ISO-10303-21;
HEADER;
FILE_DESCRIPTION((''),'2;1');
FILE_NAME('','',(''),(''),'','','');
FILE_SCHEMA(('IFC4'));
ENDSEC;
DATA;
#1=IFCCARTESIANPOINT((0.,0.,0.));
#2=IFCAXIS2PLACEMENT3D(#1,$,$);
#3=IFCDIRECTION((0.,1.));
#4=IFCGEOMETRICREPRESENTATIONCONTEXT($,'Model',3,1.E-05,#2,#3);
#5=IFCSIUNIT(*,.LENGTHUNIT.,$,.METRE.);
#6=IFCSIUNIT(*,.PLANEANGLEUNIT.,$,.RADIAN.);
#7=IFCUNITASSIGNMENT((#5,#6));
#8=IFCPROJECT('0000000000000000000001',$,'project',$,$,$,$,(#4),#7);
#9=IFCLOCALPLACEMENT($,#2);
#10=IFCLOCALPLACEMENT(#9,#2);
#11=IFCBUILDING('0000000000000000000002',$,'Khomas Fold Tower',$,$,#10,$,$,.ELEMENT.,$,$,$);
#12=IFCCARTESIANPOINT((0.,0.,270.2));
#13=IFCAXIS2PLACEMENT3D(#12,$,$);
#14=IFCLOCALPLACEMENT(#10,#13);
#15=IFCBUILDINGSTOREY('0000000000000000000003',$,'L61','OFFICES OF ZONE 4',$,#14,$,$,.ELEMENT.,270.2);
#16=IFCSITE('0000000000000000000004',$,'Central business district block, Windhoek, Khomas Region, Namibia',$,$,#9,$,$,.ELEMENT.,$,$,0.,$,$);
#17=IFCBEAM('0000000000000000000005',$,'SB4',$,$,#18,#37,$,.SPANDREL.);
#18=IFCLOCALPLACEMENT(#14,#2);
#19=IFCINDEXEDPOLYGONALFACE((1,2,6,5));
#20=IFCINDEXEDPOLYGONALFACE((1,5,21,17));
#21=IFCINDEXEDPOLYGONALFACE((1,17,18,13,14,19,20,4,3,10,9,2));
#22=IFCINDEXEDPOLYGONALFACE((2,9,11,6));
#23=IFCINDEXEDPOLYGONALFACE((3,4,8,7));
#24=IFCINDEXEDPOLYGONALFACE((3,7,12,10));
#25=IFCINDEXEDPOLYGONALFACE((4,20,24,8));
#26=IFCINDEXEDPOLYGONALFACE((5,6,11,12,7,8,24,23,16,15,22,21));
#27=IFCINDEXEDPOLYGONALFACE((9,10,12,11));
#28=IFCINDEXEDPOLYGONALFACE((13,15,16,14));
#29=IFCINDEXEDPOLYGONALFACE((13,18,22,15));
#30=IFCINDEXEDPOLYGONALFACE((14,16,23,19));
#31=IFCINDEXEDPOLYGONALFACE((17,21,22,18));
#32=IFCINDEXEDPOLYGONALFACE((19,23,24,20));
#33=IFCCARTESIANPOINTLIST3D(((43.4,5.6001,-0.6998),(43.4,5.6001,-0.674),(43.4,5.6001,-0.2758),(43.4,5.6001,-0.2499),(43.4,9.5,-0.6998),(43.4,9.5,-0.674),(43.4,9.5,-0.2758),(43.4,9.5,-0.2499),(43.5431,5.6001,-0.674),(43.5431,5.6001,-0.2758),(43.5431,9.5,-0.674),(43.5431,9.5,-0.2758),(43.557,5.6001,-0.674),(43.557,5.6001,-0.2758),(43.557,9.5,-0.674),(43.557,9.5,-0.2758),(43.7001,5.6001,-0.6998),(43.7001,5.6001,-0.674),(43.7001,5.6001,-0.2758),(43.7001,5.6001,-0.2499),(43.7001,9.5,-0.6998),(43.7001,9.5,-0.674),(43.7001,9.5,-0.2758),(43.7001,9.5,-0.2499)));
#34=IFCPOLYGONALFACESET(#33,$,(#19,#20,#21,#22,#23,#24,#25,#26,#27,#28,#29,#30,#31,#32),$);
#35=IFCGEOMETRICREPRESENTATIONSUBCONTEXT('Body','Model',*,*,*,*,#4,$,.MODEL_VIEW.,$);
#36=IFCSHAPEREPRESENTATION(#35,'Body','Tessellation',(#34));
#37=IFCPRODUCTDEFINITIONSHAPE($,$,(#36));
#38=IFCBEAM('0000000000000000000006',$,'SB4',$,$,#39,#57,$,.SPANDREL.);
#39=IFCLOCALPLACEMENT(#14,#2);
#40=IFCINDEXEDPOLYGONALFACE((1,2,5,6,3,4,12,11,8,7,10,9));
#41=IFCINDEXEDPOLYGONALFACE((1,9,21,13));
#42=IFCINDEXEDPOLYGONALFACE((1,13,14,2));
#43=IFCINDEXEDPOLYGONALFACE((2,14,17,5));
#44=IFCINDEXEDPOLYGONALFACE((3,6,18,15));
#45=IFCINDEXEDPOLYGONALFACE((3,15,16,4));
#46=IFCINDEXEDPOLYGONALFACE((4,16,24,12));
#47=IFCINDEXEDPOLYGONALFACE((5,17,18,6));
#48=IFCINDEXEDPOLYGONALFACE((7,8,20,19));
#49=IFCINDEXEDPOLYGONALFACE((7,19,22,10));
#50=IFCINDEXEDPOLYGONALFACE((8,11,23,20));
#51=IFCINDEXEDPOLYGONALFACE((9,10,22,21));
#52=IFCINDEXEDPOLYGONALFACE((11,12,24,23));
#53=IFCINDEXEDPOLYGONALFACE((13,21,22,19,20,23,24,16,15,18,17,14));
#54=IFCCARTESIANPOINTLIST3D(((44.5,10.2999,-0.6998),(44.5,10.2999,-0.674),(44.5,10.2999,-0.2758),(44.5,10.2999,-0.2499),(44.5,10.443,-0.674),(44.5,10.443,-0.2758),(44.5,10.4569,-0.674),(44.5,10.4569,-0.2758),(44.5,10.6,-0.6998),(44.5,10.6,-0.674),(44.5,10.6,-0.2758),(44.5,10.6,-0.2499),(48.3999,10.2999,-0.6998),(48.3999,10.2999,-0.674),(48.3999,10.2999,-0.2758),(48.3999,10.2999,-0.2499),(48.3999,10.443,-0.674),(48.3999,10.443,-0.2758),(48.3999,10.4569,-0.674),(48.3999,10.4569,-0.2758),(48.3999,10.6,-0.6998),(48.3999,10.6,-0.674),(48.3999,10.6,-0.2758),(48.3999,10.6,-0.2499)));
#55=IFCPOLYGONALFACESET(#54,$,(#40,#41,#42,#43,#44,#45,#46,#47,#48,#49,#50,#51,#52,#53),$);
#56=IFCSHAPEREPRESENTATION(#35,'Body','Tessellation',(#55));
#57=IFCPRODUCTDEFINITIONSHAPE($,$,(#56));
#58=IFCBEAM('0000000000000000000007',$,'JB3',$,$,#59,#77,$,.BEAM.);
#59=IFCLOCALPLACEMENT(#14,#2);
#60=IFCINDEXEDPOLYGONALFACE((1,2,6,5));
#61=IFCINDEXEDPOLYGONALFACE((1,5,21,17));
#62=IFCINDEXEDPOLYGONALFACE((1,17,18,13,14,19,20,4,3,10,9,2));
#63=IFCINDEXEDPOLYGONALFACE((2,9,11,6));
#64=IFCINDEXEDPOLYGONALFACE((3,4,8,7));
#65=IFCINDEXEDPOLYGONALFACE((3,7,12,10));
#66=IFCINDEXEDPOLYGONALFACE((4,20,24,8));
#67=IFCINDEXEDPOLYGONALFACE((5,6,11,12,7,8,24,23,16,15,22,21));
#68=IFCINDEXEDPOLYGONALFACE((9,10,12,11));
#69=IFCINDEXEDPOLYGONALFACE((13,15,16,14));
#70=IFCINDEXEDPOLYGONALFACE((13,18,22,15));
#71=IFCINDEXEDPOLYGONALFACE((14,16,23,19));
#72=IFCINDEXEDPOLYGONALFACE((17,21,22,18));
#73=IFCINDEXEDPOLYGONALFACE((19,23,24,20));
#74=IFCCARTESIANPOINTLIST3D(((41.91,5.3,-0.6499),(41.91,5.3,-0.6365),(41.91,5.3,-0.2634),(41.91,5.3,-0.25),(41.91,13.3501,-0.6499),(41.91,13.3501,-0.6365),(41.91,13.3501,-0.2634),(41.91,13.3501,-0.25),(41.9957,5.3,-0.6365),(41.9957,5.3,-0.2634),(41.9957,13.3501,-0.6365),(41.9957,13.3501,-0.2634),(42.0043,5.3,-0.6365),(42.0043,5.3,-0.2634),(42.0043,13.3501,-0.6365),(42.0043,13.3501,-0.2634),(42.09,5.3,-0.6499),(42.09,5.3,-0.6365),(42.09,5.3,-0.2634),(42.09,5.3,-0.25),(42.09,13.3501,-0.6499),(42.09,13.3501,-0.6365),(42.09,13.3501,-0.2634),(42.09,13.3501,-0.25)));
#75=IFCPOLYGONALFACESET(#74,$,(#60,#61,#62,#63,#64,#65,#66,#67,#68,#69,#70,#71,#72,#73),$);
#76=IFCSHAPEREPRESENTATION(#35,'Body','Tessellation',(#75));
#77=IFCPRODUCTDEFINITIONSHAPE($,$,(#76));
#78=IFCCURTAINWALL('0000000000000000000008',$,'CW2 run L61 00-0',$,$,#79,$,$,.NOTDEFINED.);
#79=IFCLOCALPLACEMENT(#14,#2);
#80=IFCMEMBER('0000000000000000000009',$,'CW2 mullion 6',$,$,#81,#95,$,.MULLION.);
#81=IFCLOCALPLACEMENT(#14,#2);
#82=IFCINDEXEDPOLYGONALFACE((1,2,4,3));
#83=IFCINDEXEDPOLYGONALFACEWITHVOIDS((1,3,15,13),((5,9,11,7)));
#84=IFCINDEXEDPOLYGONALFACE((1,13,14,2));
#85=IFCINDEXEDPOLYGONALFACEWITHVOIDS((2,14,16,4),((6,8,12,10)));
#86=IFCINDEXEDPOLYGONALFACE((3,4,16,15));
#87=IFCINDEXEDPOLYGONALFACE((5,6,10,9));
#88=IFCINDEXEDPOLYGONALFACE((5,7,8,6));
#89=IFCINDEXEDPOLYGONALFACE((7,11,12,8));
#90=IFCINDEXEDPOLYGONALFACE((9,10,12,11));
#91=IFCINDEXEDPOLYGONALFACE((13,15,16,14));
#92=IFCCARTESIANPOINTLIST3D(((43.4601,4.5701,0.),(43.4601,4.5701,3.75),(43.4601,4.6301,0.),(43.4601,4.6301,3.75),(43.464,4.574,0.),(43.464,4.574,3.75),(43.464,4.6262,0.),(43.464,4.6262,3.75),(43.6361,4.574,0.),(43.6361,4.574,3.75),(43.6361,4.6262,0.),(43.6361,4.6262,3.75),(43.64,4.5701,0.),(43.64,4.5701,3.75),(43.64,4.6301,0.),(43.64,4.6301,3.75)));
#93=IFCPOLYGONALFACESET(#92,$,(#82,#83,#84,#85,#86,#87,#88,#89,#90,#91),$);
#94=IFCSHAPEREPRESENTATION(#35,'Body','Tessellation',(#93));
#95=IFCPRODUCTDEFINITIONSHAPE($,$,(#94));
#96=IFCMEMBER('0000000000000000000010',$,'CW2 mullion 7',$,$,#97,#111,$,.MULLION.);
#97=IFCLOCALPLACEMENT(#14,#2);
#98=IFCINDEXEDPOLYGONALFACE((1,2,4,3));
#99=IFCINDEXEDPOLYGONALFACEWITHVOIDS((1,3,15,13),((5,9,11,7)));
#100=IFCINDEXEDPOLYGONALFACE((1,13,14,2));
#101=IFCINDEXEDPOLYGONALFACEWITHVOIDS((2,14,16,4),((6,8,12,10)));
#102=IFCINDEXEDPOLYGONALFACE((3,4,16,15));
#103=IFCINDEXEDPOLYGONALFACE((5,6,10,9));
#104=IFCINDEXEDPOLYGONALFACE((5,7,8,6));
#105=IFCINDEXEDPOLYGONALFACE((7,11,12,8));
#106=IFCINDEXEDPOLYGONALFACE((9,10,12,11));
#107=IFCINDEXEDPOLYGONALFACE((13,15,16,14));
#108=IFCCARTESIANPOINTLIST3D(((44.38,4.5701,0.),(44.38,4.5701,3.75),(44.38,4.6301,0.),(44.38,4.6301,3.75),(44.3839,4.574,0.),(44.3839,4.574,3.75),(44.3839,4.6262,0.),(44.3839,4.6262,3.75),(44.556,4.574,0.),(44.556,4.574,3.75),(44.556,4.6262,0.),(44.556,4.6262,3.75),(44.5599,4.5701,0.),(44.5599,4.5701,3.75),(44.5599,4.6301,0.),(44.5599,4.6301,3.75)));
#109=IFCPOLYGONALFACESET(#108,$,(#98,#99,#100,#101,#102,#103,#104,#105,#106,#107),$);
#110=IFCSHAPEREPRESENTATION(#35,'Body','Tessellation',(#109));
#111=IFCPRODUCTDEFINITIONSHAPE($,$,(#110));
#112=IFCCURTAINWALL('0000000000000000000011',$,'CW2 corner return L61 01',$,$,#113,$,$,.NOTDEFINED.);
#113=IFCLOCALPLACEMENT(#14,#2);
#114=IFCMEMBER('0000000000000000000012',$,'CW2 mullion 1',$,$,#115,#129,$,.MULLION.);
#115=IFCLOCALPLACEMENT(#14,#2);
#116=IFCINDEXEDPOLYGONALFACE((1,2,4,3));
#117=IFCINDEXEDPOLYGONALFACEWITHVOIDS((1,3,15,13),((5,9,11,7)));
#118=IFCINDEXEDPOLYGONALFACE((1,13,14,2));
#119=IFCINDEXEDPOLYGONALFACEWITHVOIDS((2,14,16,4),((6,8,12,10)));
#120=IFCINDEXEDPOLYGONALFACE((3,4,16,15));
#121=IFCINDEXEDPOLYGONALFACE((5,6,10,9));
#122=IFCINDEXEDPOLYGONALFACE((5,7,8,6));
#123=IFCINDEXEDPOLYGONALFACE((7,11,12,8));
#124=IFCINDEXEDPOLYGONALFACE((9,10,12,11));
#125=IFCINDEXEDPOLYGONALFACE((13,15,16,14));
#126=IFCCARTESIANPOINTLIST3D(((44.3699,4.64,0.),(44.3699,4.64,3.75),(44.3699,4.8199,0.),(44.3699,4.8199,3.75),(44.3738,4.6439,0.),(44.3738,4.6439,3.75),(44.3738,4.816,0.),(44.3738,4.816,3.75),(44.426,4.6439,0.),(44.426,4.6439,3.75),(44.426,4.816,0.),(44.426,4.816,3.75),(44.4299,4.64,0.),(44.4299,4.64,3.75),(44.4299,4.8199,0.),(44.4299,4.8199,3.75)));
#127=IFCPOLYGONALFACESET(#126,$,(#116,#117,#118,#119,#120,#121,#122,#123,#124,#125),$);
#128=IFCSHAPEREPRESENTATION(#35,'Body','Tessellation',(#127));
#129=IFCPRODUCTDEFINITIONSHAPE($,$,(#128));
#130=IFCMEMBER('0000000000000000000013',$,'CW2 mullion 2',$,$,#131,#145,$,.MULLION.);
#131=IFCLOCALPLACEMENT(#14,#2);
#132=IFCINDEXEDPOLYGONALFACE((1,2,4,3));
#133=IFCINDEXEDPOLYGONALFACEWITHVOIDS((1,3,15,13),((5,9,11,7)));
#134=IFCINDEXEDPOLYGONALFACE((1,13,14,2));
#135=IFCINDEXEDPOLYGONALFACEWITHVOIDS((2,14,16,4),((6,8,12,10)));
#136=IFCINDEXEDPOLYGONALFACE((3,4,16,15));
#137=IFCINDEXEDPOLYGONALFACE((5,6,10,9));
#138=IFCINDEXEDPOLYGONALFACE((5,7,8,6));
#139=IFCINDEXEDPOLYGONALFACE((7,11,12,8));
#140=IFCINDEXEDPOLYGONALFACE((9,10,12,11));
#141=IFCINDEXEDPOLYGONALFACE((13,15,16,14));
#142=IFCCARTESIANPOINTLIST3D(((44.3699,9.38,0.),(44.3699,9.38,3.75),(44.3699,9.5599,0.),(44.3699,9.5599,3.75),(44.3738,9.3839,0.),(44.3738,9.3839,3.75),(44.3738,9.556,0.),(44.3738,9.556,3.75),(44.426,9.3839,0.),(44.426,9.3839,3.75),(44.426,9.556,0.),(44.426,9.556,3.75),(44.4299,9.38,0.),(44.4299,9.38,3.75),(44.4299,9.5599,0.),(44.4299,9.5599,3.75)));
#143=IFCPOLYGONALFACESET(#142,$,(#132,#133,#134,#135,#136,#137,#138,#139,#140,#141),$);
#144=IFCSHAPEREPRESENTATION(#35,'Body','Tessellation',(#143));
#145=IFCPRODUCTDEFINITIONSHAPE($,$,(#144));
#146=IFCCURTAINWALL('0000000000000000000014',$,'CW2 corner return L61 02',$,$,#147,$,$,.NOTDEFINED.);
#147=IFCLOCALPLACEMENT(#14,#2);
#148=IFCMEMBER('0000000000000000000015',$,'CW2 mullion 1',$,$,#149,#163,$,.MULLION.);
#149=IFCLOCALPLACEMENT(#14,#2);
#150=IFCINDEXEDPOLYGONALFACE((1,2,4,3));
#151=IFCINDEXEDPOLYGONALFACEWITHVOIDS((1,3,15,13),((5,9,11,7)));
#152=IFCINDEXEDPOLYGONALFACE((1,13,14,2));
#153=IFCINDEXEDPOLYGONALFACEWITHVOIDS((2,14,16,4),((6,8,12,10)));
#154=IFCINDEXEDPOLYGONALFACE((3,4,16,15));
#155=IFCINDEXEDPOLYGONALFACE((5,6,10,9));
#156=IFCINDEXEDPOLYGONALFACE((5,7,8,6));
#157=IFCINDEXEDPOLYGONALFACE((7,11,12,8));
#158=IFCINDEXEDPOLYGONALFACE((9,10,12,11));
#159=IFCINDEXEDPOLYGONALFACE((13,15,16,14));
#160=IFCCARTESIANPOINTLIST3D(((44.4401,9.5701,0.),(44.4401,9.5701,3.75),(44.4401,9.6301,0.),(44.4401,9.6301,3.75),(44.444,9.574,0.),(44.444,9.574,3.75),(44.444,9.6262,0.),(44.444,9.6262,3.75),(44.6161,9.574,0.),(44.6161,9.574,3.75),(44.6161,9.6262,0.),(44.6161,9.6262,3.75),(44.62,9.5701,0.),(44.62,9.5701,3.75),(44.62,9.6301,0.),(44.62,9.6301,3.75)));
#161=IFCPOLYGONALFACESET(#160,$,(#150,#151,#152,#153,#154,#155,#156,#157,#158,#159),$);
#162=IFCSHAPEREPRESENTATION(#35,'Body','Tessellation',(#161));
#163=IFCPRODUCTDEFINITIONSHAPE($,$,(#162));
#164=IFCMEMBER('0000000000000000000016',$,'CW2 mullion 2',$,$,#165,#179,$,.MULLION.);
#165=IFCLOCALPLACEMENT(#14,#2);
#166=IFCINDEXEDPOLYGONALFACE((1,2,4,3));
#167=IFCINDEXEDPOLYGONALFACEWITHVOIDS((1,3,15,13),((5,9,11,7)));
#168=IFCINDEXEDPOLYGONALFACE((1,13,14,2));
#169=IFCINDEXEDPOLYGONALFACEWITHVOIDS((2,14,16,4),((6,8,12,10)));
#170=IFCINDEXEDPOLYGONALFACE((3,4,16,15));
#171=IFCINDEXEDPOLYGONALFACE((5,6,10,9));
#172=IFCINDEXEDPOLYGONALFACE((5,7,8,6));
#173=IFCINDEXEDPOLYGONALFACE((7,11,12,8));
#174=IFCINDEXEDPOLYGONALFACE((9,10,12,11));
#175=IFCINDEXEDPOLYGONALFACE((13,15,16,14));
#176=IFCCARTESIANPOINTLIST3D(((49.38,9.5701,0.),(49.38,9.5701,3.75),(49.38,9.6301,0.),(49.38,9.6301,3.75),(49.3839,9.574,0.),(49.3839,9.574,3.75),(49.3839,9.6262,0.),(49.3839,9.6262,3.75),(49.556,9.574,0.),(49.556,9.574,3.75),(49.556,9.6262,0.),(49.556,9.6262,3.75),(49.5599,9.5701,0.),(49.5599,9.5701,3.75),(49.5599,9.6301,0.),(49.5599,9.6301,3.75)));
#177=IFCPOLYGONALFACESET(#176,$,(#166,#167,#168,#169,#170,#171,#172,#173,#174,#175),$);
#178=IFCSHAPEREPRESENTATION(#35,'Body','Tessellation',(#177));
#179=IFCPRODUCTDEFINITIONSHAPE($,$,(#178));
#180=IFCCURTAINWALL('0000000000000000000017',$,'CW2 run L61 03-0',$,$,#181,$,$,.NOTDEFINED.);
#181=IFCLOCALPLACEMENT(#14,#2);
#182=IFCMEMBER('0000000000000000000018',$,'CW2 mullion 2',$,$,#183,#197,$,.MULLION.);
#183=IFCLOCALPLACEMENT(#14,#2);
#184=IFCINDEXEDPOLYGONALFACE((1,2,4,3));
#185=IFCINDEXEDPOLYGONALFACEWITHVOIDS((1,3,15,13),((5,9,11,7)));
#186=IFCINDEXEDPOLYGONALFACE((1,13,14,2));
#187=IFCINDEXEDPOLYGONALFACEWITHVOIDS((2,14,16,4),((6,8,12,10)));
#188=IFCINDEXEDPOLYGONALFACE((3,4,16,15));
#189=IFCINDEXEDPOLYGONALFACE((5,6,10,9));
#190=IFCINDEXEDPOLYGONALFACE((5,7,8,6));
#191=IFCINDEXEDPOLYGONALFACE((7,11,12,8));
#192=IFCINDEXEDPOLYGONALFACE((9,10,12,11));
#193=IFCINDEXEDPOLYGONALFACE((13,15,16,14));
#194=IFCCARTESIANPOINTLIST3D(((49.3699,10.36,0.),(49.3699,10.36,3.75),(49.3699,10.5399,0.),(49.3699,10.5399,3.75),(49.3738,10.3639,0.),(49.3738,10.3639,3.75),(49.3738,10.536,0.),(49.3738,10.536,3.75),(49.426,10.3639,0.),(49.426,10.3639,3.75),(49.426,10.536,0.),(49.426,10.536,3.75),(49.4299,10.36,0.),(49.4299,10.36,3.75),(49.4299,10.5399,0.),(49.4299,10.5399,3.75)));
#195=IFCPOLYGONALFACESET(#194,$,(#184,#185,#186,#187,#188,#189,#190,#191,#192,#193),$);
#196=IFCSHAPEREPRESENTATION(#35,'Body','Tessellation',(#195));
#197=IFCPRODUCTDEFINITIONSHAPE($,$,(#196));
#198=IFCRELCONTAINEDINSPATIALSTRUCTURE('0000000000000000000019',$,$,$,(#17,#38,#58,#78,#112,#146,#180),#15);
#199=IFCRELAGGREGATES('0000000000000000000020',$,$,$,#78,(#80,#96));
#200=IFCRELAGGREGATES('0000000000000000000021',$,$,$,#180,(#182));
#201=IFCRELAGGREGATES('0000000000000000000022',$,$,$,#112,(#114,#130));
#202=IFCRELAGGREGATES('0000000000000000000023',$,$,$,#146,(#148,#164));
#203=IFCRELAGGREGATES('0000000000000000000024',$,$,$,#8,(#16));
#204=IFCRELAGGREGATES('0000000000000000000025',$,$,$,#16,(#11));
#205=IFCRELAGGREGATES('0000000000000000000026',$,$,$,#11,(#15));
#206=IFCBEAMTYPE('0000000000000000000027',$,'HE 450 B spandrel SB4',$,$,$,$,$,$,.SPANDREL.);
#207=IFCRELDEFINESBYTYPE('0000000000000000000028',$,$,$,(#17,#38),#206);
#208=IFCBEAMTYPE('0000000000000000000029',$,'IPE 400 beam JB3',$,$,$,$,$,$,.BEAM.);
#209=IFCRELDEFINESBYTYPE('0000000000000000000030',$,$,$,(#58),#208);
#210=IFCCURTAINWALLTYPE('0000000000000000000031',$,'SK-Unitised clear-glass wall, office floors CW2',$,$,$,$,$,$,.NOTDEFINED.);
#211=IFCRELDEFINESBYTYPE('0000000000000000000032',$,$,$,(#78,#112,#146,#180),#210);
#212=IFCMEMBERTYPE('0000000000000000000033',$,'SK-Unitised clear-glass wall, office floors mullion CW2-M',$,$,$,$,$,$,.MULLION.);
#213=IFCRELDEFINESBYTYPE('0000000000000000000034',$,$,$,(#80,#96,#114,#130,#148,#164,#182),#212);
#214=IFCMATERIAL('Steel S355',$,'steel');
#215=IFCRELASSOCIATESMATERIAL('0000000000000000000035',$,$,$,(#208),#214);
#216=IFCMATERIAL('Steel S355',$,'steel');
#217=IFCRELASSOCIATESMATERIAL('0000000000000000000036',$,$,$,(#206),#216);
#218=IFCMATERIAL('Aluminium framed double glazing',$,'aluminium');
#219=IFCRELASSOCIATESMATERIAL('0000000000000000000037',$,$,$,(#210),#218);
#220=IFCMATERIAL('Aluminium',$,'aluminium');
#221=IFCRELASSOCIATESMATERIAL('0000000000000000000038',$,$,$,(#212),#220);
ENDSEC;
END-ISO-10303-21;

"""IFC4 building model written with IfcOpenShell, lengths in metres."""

from ifc_helpers import new_model, si_unit, direction, frame, origin, origin_2d, place, context, subcontext, project, spatial, hollow_rectangle, i_section, extrude, source, transform, mapped, material, material_profile, profile_set, type_object, element, aggregate, save


model = new_model("IFC4")

# Units and contexts
model_context = context("Model", 3, precision=1e-05, world=origin(), true_north=direction((0.0, 1.0)))
body_context = subcontext(model_context, "Body", "Model", "MODEL_VIEW")
ifc_project = project(units=[si_unit("LENGTHUNIT", "METRE"), si_unit("PLANEANGLEUNIT", "RADIAN")], contexts=[model_context])

# Site, building, storey
site_placement = place(None, origin())
site = spatial("IfcSite", under=ifc_project, at=site_placement, Name="Central business district block, Windhoek, Khomas Region, Namibia", CompositionType="ELEMENT", RefElevation=0.0)
building_placement = place(site_placement, origin())
building = spatial("IfcBuilding", under=site, at=building_placement, Name="Khomas Fold Tower", CompositionType="ELEMENT")
storey_placement = place(building_placement, frame((0.0, 0.0, 270.2)))
storey = spatial("IfcBuildingStorey", under=building, at=storey_placement, Name="L61", Description="OFFICES OF ZONE 4", CompositionType="ELEMENT", Elevation=270.2)

# Beams
ifc_material_1 = material(Name="Steel S355", Category="steel")
ifc_material_profile_1 = material_profile(ifc_material_1, i_section(OverallWidth=0.1799, OverallDepth=0.3999, WebThickness=0.0085, FlangeThickness=0.0134, at=origin_2d()), Name="IPE 400")
ifc_profile_set_1 = profile_set([ifc_material_profile_1], Name="Steel S355")
beam_type_1 = type_object("IfcBeamType", Name="IPE 400 beam JB3", PredefinedType="BEAM", material=ifc_profile_set_1)
ifc_material_2 = material(Name="Steel S355", Category="steel")
ifc_material_profile_2 = material_profile(ifc_material_2, i_section(OverallWidth=0.3, OverallDepth=0.45, WebThickness=0.0139, FlangeThickness=0.0259, at=origin_2d()), Name="HE 450 B")
ifc_profile_set_2 = profile_set([ifc_material_profile_2], Name="Steel S355")
beam_type_2 = type_object("IfcBeamType", Name="HE 450 B spandrel SB4", PredefinedType="SPANDREL", material=ifc_profile_set_2)
shared_shape_1 = source(origin(), body_context, "Body", "SweptSolid", [
    extrude(i_section(OverallWidth=0.3, OverallDepth=0.45, WebThickness=0.0139, FlangeThickness=0.0259, at=origin_2d()), origin(), (0.0, 0.0, 1.0), 3.8999),
])
for number, where, z_axis, x_axis, name in (
    (1, (43.55, 5.6001, -0.4749), (0.0, 1.0, 0.0), (-1.0, 0.0, 0.0), "SB4"),
    (2, (44.5, 10.45, -0.4749), (1.0, 0.0, 0.0), (0.0, 1.0, 0.0), "SB4"),
):
    element("IfcBeam", number, at=place(storey_placement, frame(where, z_axis=z_axis, x_axis=x_axis)), inside=storey, type_object=beam_type_2, Name=name, PredefinedType="SPANDREL", context=body_context, shape_type="MappedRepresentation", body=[
        mapped(shared_shape_1, transform((0.0, 0.0, 0.0))),
    ])
shared_shape_2 = source(origin(), body_context, "Body", "SweptSolid", [
    extrude(i_section(OverallWidth=0.1799, OverallDepth=0.3999, WebThickness=0.0085, FlangeThickness=0.0134, at=origin_2d()), origin(), (0.0, 0.0, 1.0), 8.05),
])
beam_1_placement = place(storey_placement, frame((42.0, 5.3, -0.45), z_axis=(0.0, 1.0, 0.0), x_axis=(-1.0, 0.0, 0.0)))
element("IfcBeam", 3, at=beam_1_placement, inside=storey, type_object=beam_type_1, Name="JB3", PredefinedType="BEAM", context=body_context, shape_type="MappedRepresentation", body=[
    mapped(shared_shape_2, transform((0.0, 0.0, 0.0))),
])

# Curtain walls, members
ifc_material_3 = material(Name="Aluminium framed double glazing", Category="aluminium")
curtain_wall_type = type_object("IfcCurtainWallType", Name="SK-Unitised clear-glass wall, office floors CW2", PredefinedType="NOTDEFINED", material=ifc_material_3)
curtain_wall_1_placement = place(storey_placement, origin())
curtain_wall_1 = element("IfcCurtainWall", 4, at=curtain_wall_1_placement, inside=storey, type_object=curtain_wall_type, Name="CW2 run L61 00-0", PredefinedType="NOTDEFINED")
ifc_material_4 = material(Name="Aluminium", Category="aluminium")
ifc_material_profile_3 = material_profile(ifc_material_4, hollow_rectangle(XDim=0.0601, YDim=0.1799, WallThickness=0.0039, at=origin_2d()), Name="SK-Unitised clear-glass wall, office floors mullion CW2-M")
ifc_profile_set_3 = profile_set([ifc_material_profile_3], Name="Aluminium")
member_type_1 = type_object("IfcMemberType", Name="SK-Unitised clear-glass wall, office floors mullion CW2-M", PredefinedType="MULLION", material=ifc_profile_set_3)
shared_shape_3 = source(origin(), body_context, "Body", "SweptSolid", [
    extrude(hollow_rectangle(XDim=0.0601, YDim=0.1799, WallThickness=0.0039, at=origin_2d()), origin(), (0.0, 0.0, 1.0), 3.75),
])
member_1_placement = place(storey_placement, frame((43.55, 4.6001, 0.0), z_axis=(0.0, 0.0, 1.0), x_axis=(0.0, 1.0, 0.0)))
member_1 = element("IfcMember", 5, at=member_1_placement, type_object=member_type_1, Name="CW2 mullion 6", PredefinedType="MULLION", context=body_context, shape_type="MappedRepresentation", body=[
    mapped(shared_shape_3, transform((0.0, 0.0, 0.0))),
])
member_2_placement = place(storey_placement, frame((44.47, 4.6001, 0.0), z_axis=(0.0, 0.0, 1.0), x_axis=(0.0, 1.0, 0.0)))
member_2 = element("IfcMember", 6, at=member_2_placement, type_object=member_type_1, Name="CW2 mullion 7", PredefinedType="MULLION", context=body_context, shape_type="MappedRepresentation", body=[
    mapped(shared_shape_3, transform((0.0, 0.0, 0.0))),
])
curtain_wall_2_placement = place(storey_placement, origin())
curtain_wall_2 = element("IfcCurtainWall", 7, at=curtain_wall_2_placement, inside=storey, type_object=curtain_wall_type, Name="CW2 corner return L61 01", PredefinedType="NOTDEFINED")
member_3_placement = place(storey_placement, frame((44.3999, 4.73, 0.0), z_axis=(0.0, 0.0, 1.0), x_axis=(-1.0, 0.0, 0.0)))
member_3 = element("IfcMember", 8, at=member_3_placement, type_object=member_type_1, Name="CW2 mullion 1", PredefinedType="MULLION", context=body_context, shape_type="MappedRepresentation", body=[
    mapped(shared_shape_3, transform((0.0, 0.0, 0.0))),
])
member_4_placement = place(storey_placement, frame((44.3999, 9.47, 0.0), z_axis=(0.0, 0.0, 1.0), x_axis=(-1.0, 0.0, 0.0)))
member_4 = element("IfcMember", 9, at=member_4_placement, type_object=member_type_1, Name="CW2 mullion 2", PredefinedType="MULLION", context=body_context, shape_type="MappedRepresentation", body=[
    mapped(shared_shape_3, transform((0.0, 0.0, 0.0))),
])
curtain_wall_3_placement = place(storey_placement, origin())
curtain_wall_3 = element("IfcCurtainWall", 10, at=curtain_wall_3_placement, inside=storey, type_object=curtain_wall_type, Name="CW2 corner return L61 02", PredefinedType="NOTDEFINED")
member_5_placement = place(storey_placement, frame((44.53, 9.6001, 0.0), z_axis=(0.0, 0.0, 1.0), x_axis=(0.0, 1.0, 0.0)))
member_5 = element("IfcMember", 11, at=member_5_placement, type_object=member_type_1, Name="CW2 mullion 1", PredefinedType="MULLION", context=body_context, shape_type="MappedRepresentation", body=[
    mapped(shared_shape_3, transform((0.0, 0.0, 0.0))),
])
member_6_placement = place(storey_placement, frame((49.47, 9.6001, 0.0), z_axis=(0.0, 0.0, 1.0), x_axis=(0.0, 1.0, 0.0)))
member_6 = element("IfcMember", 12, at=member_6_placement, type_object=member_type_1, Name="CW2 mullion 2", PredefinedType="MULLION", context=body_context, shape_type="MappedRepresentation", body=[
    mapped(shared_shape_3, transform((0.0, 0.0, 0.0))),
])
curtain_wall_4_placement = place(storey_placement, origin())
curtain_wall_4 = element("IfcCurtainWall", 13, at=curtain_wall_4_placement, inside=storey, type_object=curtain_wall_type, Name="CW2 run L61 03-0", PredefinedType="NOTDEFINED")
member_7_placement = place(storey_placement, frame((49.3999, 10.45, 0.0), z_axis=(0.0, 0.0, 1.0), x_axis=(-1.0, 0.0, 0.0)))
member_7 = element("IfcMember", 14, at=member_7_placement, type_object=member_type_1, Name="CW2 mullion 2", PredefinedType="MULLION", context=body_context, shape_type="MappedRepresentation", body=[
    mapped(shared_shape_3, transform((0.0, 0.0, 0.0))),
])

aggregate(curtain_wall_1, [member_1, member_2])
aggregate(curtain_wall_4, [member_7])
aggregate(curtain_wall_2, [member_3, member_4])
aggregate(curtain_wall_3, [member_5, member_6])

save(model, "model.ifc")
